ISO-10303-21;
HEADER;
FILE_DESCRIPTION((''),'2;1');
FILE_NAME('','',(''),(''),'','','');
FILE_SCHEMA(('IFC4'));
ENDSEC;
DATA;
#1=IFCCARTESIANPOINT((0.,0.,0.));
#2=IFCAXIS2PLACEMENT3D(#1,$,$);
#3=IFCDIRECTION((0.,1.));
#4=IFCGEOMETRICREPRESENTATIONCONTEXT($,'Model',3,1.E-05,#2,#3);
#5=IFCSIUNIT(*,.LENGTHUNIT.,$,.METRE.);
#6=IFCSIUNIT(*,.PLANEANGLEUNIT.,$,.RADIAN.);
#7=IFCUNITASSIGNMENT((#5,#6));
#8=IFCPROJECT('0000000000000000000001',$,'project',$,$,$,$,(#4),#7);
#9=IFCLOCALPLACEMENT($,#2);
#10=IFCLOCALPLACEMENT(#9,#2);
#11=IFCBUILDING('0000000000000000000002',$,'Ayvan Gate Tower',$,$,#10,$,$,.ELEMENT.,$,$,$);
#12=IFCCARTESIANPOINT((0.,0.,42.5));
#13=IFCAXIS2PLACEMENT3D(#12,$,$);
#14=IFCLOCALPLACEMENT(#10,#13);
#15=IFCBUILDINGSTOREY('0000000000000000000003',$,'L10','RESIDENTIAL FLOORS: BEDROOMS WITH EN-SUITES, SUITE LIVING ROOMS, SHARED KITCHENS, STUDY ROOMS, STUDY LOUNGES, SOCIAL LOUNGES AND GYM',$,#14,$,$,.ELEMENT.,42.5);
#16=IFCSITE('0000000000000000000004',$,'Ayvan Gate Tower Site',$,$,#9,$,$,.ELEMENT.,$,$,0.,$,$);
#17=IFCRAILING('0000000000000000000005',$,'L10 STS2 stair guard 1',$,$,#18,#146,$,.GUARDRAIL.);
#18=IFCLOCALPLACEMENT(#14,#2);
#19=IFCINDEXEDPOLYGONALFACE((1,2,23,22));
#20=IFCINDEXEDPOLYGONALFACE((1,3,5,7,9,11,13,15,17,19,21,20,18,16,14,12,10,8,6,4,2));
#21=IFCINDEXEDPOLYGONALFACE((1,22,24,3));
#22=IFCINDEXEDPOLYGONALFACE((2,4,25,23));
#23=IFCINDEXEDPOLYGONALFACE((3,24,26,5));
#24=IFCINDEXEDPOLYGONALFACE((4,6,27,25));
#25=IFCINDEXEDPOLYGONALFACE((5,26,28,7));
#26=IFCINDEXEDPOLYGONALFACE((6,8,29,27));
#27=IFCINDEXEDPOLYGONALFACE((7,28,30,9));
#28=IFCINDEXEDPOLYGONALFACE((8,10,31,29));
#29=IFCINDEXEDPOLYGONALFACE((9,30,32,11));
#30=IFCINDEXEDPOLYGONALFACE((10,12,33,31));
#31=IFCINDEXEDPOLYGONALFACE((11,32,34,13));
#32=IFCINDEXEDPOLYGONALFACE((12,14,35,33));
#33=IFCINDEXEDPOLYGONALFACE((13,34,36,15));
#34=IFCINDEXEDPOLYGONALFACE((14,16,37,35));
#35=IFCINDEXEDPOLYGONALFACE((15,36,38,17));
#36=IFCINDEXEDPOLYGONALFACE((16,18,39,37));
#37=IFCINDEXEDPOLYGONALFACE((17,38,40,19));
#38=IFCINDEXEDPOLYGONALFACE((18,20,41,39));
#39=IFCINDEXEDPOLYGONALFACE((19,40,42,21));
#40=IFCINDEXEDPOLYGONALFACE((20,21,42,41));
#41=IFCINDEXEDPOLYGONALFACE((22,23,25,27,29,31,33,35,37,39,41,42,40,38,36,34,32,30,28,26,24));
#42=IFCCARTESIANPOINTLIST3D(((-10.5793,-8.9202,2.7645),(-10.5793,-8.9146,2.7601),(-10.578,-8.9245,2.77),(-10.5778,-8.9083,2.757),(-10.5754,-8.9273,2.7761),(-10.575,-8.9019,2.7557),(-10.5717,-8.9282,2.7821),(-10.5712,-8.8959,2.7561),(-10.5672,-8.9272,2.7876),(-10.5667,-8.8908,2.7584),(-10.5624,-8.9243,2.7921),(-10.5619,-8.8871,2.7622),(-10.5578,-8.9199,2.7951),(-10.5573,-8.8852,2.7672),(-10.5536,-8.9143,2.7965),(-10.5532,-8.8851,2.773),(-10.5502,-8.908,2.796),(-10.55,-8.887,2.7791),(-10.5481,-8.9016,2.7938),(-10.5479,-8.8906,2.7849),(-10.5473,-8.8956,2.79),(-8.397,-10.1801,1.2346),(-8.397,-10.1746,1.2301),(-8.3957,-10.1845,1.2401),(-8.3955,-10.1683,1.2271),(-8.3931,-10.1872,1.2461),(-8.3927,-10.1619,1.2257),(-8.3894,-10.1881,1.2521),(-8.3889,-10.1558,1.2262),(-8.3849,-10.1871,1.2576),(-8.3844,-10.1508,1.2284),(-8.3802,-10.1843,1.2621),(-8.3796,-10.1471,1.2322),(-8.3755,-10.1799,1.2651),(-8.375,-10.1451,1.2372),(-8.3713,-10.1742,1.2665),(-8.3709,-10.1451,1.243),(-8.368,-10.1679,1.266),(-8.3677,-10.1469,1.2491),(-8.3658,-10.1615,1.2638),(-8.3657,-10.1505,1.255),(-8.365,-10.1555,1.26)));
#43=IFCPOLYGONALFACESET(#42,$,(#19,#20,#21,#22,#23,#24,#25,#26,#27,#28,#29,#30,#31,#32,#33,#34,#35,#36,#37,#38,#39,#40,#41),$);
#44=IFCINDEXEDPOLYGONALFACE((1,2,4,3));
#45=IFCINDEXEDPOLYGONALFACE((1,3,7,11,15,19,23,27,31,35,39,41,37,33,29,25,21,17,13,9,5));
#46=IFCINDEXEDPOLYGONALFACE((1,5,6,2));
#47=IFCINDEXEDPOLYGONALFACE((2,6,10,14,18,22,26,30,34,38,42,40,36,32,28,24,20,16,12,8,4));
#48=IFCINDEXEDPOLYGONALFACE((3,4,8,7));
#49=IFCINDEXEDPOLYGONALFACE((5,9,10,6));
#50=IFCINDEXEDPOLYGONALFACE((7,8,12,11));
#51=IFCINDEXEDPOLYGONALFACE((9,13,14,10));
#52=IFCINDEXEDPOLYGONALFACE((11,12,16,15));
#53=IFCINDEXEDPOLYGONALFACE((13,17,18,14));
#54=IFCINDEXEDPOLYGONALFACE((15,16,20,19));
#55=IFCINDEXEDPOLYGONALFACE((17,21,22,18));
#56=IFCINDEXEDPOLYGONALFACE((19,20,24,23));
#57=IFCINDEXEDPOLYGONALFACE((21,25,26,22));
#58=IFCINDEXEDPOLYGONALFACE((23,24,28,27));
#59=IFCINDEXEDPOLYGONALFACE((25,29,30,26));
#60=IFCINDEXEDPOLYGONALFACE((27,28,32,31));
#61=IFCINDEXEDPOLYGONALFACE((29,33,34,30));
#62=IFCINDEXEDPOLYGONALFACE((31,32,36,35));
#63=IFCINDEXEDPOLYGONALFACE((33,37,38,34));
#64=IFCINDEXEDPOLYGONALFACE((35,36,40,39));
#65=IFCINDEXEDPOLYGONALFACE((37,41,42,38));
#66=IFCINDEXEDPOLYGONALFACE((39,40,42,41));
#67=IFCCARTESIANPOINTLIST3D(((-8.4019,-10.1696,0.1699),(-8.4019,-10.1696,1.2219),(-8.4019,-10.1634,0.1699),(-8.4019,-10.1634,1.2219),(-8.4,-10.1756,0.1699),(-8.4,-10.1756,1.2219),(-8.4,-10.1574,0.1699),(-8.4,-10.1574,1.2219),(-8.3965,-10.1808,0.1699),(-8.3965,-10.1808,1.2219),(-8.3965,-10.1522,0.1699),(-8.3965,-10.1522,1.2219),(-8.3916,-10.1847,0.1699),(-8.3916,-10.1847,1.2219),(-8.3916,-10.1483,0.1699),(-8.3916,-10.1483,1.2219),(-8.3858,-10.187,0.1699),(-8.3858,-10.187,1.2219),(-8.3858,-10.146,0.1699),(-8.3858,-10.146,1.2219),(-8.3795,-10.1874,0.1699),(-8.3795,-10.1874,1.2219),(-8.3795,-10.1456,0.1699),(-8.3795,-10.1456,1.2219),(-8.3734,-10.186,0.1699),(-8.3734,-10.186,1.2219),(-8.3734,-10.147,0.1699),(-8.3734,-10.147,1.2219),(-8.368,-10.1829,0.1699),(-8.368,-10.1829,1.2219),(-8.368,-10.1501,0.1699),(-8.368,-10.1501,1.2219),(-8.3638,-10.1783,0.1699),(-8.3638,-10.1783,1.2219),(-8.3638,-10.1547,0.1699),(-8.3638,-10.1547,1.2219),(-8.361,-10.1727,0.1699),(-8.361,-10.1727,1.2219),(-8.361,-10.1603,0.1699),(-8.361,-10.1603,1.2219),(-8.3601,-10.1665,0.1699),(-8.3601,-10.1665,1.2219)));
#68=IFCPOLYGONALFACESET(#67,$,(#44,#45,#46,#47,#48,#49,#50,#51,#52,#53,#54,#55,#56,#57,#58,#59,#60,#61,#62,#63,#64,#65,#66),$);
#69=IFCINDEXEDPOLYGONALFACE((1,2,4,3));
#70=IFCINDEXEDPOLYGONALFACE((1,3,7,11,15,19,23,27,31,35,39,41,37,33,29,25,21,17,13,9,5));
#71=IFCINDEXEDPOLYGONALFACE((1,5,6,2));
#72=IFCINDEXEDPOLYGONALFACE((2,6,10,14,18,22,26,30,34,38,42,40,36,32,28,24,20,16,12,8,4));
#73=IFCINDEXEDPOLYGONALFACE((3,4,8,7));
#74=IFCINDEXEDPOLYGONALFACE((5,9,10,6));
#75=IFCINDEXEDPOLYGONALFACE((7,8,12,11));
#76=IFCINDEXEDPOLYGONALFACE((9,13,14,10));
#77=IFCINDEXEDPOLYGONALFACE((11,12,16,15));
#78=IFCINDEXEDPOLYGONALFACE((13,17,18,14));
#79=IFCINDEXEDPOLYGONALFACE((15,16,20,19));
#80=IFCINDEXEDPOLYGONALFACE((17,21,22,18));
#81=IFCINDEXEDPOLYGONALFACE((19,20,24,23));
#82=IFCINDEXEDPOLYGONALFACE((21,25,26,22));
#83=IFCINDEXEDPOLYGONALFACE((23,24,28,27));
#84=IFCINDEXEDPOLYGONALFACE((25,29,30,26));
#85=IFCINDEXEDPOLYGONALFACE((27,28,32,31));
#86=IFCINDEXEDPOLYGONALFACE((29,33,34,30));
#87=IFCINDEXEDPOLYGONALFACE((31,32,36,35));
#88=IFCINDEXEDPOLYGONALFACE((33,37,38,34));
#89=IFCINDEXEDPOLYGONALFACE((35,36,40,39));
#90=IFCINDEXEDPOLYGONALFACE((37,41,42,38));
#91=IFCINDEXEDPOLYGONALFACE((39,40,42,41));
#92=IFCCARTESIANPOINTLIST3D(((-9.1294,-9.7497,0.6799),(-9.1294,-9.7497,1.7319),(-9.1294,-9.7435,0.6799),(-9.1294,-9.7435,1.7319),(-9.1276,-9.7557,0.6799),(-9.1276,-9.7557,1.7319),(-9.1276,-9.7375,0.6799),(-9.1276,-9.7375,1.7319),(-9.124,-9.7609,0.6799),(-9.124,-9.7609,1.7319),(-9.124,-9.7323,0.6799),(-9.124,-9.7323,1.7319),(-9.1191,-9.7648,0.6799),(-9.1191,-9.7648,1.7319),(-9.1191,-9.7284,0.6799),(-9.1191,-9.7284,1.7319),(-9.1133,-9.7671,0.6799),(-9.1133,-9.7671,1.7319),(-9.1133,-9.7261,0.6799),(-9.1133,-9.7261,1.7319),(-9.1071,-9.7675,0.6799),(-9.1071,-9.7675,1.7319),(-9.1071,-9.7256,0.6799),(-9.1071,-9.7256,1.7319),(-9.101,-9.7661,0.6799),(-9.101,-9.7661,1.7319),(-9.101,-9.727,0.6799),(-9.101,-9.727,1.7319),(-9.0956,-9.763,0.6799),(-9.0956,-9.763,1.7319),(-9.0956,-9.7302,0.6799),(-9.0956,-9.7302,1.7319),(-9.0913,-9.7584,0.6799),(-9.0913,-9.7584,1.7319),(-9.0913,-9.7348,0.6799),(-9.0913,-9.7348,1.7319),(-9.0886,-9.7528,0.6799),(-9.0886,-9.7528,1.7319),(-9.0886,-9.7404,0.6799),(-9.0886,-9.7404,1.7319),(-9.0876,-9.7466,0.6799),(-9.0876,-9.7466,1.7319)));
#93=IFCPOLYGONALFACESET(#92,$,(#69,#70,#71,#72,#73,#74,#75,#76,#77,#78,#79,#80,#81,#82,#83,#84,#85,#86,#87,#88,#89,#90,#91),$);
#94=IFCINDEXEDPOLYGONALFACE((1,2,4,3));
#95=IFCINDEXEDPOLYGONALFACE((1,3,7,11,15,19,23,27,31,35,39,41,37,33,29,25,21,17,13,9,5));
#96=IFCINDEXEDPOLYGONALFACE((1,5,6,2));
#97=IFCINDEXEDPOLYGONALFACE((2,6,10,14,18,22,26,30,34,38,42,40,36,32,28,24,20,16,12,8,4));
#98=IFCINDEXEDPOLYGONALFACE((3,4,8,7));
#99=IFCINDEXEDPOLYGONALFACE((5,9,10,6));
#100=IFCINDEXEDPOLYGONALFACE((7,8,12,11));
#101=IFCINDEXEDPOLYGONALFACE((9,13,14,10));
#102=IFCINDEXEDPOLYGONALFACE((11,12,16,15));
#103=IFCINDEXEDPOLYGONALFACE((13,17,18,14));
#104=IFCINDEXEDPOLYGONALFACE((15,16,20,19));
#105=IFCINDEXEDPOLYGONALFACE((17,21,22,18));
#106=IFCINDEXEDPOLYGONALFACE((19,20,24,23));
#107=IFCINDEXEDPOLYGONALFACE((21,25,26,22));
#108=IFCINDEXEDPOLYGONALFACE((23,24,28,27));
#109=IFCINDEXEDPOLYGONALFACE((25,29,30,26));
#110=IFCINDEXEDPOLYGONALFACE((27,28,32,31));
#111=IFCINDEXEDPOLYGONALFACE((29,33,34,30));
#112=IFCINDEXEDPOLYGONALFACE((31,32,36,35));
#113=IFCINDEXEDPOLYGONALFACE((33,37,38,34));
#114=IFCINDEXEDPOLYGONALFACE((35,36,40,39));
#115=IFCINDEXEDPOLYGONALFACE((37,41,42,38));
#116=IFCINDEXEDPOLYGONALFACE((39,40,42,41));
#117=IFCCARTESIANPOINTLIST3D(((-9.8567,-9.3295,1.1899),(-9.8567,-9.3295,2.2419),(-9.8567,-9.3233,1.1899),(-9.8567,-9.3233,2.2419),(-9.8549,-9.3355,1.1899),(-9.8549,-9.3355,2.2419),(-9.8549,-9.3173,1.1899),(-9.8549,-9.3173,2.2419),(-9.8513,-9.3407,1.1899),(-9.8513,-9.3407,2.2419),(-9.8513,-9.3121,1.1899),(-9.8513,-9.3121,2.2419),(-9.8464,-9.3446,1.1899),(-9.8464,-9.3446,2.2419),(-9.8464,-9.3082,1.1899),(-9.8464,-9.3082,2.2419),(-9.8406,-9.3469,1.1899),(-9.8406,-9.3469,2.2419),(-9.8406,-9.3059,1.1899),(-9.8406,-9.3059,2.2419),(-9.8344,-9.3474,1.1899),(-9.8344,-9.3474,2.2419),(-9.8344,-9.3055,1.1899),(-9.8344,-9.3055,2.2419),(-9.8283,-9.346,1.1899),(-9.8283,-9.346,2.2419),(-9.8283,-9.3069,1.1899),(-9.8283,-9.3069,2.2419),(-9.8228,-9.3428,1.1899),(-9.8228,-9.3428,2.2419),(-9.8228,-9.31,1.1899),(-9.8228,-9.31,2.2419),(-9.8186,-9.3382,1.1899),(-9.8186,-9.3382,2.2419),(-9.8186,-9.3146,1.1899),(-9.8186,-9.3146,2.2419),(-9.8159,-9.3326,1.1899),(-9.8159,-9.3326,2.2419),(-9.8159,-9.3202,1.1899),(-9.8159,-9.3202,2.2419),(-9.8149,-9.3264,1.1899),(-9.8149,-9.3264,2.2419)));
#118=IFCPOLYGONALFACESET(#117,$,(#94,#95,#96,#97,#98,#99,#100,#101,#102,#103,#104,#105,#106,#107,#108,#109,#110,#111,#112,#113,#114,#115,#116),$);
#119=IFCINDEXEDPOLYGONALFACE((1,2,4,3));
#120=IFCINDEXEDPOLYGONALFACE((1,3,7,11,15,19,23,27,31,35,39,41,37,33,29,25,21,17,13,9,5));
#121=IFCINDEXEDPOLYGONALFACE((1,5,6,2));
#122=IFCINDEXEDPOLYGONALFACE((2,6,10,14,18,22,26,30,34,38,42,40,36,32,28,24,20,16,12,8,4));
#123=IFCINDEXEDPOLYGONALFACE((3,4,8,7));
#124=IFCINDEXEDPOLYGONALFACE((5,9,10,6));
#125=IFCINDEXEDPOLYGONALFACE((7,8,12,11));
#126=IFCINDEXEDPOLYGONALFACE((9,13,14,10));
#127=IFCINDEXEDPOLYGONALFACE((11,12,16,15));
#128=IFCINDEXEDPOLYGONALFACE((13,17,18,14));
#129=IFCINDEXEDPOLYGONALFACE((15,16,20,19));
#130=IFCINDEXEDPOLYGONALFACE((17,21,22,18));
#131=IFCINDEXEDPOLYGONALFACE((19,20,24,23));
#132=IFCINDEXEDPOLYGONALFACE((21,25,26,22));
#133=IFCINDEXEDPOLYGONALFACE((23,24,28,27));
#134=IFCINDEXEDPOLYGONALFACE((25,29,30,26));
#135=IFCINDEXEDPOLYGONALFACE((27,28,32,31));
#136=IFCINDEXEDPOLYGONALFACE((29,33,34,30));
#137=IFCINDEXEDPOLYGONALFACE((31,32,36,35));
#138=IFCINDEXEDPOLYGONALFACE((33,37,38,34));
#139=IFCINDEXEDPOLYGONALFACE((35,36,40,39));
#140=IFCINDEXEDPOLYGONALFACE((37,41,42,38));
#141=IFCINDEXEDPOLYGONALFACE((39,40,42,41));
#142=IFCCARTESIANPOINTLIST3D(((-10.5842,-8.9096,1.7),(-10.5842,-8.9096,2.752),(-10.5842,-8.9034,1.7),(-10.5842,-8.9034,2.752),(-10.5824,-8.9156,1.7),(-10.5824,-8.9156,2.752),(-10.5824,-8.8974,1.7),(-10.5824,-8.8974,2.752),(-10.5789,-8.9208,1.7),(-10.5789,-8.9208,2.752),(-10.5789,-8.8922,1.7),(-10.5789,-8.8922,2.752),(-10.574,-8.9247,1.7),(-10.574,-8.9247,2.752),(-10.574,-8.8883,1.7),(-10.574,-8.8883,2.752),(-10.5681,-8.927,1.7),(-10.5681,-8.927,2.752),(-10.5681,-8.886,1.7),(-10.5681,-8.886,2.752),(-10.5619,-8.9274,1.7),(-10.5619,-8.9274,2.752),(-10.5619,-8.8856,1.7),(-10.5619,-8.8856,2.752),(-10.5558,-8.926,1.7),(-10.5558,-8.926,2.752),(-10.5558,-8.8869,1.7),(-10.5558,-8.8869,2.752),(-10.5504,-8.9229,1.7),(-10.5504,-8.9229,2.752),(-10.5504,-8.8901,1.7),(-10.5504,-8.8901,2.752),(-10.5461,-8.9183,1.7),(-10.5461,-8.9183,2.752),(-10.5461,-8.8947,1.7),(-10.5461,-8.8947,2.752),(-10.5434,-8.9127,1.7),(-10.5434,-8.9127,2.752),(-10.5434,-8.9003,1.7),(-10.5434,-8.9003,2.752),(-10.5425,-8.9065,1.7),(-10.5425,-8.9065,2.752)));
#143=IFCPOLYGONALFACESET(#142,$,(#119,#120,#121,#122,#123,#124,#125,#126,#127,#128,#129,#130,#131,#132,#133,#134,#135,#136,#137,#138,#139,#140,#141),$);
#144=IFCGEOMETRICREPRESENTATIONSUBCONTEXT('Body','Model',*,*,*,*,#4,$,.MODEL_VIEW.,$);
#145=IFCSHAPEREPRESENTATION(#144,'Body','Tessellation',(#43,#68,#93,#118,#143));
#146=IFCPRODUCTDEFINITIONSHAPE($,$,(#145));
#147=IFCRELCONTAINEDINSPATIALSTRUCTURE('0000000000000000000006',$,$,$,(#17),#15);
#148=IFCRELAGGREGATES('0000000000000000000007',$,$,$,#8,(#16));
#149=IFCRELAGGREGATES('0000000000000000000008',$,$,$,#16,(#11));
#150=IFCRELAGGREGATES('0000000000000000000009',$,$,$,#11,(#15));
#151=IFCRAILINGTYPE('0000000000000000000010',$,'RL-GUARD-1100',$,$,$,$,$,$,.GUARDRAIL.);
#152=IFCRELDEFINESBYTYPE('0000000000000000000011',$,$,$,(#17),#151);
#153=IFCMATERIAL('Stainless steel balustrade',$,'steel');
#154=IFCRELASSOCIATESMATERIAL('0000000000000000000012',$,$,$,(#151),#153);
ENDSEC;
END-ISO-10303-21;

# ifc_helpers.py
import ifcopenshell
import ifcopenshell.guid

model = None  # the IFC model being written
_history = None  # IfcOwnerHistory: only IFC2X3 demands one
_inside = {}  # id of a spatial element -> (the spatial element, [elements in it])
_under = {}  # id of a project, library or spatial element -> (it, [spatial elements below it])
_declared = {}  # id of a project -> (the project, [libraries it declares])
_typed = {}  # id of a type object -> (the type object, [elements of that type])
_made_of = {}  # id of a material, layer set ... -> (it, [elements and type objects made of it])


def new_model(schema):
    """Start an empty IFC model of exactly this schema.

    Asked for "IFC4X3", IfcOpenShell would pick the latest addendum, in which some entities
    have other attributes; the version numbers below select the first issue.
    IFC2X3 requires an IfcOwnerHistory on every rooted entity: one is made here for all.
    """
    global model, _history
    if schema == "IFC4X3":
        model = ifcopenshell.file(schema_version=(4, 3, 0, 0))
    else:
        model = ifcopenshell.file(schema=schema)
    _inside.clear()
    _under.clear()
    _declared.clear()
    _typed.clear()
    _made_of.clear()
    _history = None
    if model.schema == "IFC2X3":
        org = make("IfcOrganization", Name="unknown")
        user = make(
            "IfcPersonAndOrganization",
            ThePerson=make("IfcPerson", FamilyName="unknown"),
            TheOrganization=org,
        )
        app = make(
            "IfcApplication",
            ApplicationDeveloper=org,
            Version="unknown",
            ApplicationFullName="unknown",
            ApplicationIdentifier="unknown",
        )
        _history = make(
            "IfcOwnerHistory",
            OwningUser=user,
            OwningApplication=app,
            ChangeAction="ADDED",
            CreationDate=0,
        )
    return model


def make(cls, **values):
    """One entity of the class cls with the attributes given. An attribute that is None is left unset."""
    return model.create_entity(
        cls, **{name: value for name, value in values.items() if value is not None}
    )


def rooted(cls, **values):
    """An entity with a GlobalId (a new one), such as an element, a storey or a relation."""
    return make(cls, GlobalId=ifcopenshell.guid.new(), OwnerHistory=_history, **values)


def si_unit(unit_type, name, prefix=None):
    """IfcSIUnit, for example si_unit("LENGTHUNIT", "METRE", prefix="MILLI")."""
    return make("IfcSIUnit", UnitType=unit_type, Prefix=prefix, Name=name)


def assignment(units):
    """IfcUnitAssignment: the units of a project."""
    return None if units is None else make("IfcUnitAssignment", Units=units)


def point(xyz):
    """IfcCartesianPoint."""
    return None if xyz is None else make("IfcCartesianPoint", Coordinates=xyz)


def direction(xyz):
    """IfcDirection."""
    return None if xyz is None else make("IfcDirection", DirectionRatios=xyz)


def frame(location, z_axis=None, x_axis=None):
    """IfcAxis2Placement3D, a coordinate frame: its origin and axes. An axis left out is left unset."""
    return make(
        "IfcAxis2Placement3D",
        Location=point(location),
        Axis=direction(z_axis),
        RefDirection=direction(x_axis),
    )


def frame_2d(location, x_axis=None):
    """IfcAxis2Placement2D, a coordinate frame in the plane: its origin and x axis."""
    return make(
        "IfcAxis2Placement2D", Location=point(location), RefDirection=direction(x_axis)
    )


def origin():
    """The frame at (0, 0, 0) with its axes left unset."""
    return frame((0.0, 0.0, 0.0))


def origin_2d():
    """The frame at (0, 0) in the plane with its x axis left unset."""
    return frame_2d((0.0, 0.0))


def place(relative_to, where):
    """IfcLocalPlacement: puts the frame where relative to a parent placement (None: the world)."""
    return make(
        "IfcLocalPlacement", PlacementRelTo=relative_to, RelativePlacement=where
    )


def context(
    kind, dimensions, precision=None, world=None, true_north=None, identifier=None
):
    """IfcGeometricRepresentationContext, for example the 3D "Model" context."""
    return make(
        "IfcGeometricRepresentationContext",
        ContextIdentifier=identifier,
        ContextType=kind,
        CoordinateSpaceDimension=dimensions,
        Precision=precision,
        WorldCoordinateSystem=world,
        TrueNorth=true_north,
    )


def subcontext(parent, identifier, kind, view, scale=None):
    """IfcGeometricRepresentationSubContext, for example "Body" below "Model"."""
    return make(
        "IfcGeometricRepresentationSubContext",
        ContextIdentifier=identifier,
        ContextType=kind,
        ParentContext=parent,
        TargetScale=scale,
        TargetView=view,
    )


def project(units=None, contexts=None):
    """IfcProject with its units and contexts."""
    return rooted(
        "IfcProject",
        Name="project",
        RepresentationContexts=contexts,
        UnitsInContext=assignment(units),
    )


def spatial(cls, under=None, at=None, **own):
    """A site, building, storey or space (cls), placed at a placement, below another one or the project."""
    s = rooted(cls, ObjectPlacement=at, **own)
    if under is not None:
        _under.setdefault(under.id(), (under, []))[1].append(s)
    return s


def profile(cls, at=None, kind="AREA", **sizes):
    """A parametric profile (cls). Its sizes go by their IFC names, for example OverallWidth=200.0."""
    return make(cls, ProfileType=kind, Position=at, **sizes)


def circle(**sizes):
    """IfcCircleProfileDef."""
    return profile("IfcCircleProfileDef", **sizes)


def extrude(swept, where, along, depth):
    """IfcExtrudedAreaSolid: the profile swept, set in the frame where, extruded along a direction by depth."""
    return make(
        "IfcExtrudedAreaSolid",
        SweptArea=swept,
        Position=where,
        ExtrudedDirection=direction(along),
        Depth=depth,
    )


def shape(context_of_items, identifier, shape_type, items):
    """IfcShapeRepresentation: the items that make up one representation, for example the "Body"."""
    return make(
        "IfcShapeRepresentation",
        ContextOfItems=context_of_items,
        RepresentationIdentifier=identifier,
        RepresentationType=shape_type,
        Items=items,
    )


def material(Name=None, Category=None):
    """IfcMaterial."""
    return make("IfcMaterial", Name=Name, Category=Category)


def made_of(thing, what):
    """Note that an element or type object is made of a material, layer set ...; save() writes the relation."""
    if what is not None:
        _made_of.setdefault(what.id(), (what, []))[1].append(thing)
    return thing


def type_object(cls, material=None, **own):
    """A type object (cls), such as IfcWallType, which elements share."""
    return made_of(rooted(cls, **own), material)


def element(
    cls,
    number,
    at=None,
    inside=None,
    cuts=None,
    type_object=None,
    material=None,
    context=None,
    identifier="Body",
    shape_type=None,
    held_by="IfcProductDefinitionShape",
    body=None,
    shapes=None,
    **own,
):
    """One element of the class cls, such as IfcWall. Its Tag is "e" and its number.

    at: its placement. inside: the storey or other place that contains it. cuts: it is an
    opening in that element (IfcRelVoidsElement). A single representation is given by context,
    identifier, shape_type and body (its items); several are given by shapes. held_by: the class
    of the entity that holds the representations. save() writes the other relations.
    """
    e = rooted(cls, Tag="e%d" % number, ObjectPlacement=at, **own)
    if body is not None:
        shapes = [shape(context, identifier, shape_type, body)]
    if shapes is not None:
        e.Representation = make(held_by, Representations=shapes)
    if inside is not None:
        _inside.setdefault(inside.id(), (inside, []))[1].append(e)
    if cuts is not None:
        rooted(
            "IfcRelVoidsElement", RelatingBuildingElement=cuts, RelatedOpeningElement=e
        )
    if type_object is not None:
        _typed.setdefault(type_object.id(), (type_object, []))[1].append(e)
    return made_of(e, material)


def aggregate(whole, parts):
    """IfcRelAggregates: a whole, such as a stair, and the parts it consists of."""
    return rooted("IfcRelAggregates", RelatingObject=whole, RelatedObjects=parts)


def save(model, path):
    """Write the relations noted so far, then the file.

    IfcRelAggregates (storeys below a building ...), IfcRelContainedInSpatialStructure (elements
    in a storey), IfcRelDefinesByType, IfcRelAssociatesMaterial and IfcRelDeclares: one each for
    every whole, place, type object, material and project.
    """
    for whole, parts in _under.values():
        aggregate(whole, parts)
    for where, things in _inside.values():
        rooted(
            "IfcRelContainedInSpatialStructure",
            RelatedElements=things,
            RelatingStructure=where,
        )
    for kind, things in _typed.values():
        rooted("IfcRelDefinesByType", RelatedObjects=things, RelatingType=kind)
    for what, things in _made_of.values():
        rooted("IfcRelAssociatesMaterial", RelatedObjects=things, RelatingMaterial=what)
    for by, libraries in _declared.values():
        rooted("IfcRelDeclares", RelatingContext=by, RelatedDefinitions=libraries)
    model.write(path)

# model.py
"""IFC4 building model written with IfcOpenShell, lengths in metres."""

from ifc_helpers import new_model, si_unit, direction, frame, origin, origin_2d, place, context, subcontext, project, spatial, circle, extrude, material, type_object, element, save


model = new_model("IFC4")

# Units and contexts
model_context = context("Model", 3, precision=1e-05, world=origin(), true_north=direction((0.0, 1.0)))
body_context = subcontext(model_context, "Body", "Model", "MODEL_VIEW")
ifc_project = project(units=[si_unit("LENGTHUNIT", "METRE"), si_unit("PLANEANGLEUNIT", "RADIAN")], contexts=[model_context])

# Site, building, storey
site_placement = place(None, origin())
site = spatial("IfcSite", under=ifc_project, at=site_placement, Name="Ayvan Gate Tower Site", CompositionType="ELEMENT", RefElevation=0.0)
building_placement = place(site_placement, origin())
building = spatial("IfcBuilding", under=site, at=building_placement, Name="Ayvan Gate Tower", CompositionType="ELEMENT")
storey_placement = place(building_placement, frame((0.0, 0.0, 42.5)))
storey = spatial("IfcBuildingStorey", under=building, at=storey_placement, Name="L10", Description="RESIDENTIAL FLOORS: BEDROOMS WITH EN-SUITES, SUITE LIVING ROOMS, SHARED KITCHENS, STUDY ROOMS, STUDY LOUNGES, SOCIAL LOUNGES AND GYM", CompositionType="ELEMENT", Elevation=42.5)

# Railing
ifc_material_1 = material(Name="Stainless steel balustrade", Category="steel")
railing_type_1 = type_object("IfcRailingType", Name="RL-GUARD-1100", PredefinedType="GUARDRAIL", material=ifc_material_1)
railing_1_placement = place(storey_placement, frame((-8.3811, -10.1665, 0.1699)))
element("IfcRailing", 1, at=railing_1_placement, inside=storey, type_object=railing_type_1, Name="L10 STS2 stair guard 1", PredefinedType="GUARDRAIL", context=body_context, shape_type="SweptSolid", body=[
    extrude(circle(Radius=0.0239, at=origin_2d()), frame((0.0, 0.0, 1.0762), z_axis=(-0.740261, 0.427395, 0.518986), x_axis=(-0.500005, -0.866023, 0.0)), (0.0, 0.0, 1.0), 2.948),
    extrude(circle(Radius=0.021, at=origin_2d()), origin(), (0.0, 0.0, 1.0), 1.052),
    extrude(circle(Radius=0.021, at=origin_2d()), frame((-0.7275, 0.4199, 0.51)), (0.0, 0.0, 1.0), 1.052),
    extrude(circle(Radius=0.021, at=origin_2d()), frame((-1.4548, 0.8401, 1.02)), (0.0, 0.0, 1.0), 1.052),
    extrude(circle(Radius=0.021, at=origin_2d()), frame((-2.1824, 1.26, 1.53)), (0.0, 0.0, 1.0), 1.052),
])

save(model, "model.ifc")
